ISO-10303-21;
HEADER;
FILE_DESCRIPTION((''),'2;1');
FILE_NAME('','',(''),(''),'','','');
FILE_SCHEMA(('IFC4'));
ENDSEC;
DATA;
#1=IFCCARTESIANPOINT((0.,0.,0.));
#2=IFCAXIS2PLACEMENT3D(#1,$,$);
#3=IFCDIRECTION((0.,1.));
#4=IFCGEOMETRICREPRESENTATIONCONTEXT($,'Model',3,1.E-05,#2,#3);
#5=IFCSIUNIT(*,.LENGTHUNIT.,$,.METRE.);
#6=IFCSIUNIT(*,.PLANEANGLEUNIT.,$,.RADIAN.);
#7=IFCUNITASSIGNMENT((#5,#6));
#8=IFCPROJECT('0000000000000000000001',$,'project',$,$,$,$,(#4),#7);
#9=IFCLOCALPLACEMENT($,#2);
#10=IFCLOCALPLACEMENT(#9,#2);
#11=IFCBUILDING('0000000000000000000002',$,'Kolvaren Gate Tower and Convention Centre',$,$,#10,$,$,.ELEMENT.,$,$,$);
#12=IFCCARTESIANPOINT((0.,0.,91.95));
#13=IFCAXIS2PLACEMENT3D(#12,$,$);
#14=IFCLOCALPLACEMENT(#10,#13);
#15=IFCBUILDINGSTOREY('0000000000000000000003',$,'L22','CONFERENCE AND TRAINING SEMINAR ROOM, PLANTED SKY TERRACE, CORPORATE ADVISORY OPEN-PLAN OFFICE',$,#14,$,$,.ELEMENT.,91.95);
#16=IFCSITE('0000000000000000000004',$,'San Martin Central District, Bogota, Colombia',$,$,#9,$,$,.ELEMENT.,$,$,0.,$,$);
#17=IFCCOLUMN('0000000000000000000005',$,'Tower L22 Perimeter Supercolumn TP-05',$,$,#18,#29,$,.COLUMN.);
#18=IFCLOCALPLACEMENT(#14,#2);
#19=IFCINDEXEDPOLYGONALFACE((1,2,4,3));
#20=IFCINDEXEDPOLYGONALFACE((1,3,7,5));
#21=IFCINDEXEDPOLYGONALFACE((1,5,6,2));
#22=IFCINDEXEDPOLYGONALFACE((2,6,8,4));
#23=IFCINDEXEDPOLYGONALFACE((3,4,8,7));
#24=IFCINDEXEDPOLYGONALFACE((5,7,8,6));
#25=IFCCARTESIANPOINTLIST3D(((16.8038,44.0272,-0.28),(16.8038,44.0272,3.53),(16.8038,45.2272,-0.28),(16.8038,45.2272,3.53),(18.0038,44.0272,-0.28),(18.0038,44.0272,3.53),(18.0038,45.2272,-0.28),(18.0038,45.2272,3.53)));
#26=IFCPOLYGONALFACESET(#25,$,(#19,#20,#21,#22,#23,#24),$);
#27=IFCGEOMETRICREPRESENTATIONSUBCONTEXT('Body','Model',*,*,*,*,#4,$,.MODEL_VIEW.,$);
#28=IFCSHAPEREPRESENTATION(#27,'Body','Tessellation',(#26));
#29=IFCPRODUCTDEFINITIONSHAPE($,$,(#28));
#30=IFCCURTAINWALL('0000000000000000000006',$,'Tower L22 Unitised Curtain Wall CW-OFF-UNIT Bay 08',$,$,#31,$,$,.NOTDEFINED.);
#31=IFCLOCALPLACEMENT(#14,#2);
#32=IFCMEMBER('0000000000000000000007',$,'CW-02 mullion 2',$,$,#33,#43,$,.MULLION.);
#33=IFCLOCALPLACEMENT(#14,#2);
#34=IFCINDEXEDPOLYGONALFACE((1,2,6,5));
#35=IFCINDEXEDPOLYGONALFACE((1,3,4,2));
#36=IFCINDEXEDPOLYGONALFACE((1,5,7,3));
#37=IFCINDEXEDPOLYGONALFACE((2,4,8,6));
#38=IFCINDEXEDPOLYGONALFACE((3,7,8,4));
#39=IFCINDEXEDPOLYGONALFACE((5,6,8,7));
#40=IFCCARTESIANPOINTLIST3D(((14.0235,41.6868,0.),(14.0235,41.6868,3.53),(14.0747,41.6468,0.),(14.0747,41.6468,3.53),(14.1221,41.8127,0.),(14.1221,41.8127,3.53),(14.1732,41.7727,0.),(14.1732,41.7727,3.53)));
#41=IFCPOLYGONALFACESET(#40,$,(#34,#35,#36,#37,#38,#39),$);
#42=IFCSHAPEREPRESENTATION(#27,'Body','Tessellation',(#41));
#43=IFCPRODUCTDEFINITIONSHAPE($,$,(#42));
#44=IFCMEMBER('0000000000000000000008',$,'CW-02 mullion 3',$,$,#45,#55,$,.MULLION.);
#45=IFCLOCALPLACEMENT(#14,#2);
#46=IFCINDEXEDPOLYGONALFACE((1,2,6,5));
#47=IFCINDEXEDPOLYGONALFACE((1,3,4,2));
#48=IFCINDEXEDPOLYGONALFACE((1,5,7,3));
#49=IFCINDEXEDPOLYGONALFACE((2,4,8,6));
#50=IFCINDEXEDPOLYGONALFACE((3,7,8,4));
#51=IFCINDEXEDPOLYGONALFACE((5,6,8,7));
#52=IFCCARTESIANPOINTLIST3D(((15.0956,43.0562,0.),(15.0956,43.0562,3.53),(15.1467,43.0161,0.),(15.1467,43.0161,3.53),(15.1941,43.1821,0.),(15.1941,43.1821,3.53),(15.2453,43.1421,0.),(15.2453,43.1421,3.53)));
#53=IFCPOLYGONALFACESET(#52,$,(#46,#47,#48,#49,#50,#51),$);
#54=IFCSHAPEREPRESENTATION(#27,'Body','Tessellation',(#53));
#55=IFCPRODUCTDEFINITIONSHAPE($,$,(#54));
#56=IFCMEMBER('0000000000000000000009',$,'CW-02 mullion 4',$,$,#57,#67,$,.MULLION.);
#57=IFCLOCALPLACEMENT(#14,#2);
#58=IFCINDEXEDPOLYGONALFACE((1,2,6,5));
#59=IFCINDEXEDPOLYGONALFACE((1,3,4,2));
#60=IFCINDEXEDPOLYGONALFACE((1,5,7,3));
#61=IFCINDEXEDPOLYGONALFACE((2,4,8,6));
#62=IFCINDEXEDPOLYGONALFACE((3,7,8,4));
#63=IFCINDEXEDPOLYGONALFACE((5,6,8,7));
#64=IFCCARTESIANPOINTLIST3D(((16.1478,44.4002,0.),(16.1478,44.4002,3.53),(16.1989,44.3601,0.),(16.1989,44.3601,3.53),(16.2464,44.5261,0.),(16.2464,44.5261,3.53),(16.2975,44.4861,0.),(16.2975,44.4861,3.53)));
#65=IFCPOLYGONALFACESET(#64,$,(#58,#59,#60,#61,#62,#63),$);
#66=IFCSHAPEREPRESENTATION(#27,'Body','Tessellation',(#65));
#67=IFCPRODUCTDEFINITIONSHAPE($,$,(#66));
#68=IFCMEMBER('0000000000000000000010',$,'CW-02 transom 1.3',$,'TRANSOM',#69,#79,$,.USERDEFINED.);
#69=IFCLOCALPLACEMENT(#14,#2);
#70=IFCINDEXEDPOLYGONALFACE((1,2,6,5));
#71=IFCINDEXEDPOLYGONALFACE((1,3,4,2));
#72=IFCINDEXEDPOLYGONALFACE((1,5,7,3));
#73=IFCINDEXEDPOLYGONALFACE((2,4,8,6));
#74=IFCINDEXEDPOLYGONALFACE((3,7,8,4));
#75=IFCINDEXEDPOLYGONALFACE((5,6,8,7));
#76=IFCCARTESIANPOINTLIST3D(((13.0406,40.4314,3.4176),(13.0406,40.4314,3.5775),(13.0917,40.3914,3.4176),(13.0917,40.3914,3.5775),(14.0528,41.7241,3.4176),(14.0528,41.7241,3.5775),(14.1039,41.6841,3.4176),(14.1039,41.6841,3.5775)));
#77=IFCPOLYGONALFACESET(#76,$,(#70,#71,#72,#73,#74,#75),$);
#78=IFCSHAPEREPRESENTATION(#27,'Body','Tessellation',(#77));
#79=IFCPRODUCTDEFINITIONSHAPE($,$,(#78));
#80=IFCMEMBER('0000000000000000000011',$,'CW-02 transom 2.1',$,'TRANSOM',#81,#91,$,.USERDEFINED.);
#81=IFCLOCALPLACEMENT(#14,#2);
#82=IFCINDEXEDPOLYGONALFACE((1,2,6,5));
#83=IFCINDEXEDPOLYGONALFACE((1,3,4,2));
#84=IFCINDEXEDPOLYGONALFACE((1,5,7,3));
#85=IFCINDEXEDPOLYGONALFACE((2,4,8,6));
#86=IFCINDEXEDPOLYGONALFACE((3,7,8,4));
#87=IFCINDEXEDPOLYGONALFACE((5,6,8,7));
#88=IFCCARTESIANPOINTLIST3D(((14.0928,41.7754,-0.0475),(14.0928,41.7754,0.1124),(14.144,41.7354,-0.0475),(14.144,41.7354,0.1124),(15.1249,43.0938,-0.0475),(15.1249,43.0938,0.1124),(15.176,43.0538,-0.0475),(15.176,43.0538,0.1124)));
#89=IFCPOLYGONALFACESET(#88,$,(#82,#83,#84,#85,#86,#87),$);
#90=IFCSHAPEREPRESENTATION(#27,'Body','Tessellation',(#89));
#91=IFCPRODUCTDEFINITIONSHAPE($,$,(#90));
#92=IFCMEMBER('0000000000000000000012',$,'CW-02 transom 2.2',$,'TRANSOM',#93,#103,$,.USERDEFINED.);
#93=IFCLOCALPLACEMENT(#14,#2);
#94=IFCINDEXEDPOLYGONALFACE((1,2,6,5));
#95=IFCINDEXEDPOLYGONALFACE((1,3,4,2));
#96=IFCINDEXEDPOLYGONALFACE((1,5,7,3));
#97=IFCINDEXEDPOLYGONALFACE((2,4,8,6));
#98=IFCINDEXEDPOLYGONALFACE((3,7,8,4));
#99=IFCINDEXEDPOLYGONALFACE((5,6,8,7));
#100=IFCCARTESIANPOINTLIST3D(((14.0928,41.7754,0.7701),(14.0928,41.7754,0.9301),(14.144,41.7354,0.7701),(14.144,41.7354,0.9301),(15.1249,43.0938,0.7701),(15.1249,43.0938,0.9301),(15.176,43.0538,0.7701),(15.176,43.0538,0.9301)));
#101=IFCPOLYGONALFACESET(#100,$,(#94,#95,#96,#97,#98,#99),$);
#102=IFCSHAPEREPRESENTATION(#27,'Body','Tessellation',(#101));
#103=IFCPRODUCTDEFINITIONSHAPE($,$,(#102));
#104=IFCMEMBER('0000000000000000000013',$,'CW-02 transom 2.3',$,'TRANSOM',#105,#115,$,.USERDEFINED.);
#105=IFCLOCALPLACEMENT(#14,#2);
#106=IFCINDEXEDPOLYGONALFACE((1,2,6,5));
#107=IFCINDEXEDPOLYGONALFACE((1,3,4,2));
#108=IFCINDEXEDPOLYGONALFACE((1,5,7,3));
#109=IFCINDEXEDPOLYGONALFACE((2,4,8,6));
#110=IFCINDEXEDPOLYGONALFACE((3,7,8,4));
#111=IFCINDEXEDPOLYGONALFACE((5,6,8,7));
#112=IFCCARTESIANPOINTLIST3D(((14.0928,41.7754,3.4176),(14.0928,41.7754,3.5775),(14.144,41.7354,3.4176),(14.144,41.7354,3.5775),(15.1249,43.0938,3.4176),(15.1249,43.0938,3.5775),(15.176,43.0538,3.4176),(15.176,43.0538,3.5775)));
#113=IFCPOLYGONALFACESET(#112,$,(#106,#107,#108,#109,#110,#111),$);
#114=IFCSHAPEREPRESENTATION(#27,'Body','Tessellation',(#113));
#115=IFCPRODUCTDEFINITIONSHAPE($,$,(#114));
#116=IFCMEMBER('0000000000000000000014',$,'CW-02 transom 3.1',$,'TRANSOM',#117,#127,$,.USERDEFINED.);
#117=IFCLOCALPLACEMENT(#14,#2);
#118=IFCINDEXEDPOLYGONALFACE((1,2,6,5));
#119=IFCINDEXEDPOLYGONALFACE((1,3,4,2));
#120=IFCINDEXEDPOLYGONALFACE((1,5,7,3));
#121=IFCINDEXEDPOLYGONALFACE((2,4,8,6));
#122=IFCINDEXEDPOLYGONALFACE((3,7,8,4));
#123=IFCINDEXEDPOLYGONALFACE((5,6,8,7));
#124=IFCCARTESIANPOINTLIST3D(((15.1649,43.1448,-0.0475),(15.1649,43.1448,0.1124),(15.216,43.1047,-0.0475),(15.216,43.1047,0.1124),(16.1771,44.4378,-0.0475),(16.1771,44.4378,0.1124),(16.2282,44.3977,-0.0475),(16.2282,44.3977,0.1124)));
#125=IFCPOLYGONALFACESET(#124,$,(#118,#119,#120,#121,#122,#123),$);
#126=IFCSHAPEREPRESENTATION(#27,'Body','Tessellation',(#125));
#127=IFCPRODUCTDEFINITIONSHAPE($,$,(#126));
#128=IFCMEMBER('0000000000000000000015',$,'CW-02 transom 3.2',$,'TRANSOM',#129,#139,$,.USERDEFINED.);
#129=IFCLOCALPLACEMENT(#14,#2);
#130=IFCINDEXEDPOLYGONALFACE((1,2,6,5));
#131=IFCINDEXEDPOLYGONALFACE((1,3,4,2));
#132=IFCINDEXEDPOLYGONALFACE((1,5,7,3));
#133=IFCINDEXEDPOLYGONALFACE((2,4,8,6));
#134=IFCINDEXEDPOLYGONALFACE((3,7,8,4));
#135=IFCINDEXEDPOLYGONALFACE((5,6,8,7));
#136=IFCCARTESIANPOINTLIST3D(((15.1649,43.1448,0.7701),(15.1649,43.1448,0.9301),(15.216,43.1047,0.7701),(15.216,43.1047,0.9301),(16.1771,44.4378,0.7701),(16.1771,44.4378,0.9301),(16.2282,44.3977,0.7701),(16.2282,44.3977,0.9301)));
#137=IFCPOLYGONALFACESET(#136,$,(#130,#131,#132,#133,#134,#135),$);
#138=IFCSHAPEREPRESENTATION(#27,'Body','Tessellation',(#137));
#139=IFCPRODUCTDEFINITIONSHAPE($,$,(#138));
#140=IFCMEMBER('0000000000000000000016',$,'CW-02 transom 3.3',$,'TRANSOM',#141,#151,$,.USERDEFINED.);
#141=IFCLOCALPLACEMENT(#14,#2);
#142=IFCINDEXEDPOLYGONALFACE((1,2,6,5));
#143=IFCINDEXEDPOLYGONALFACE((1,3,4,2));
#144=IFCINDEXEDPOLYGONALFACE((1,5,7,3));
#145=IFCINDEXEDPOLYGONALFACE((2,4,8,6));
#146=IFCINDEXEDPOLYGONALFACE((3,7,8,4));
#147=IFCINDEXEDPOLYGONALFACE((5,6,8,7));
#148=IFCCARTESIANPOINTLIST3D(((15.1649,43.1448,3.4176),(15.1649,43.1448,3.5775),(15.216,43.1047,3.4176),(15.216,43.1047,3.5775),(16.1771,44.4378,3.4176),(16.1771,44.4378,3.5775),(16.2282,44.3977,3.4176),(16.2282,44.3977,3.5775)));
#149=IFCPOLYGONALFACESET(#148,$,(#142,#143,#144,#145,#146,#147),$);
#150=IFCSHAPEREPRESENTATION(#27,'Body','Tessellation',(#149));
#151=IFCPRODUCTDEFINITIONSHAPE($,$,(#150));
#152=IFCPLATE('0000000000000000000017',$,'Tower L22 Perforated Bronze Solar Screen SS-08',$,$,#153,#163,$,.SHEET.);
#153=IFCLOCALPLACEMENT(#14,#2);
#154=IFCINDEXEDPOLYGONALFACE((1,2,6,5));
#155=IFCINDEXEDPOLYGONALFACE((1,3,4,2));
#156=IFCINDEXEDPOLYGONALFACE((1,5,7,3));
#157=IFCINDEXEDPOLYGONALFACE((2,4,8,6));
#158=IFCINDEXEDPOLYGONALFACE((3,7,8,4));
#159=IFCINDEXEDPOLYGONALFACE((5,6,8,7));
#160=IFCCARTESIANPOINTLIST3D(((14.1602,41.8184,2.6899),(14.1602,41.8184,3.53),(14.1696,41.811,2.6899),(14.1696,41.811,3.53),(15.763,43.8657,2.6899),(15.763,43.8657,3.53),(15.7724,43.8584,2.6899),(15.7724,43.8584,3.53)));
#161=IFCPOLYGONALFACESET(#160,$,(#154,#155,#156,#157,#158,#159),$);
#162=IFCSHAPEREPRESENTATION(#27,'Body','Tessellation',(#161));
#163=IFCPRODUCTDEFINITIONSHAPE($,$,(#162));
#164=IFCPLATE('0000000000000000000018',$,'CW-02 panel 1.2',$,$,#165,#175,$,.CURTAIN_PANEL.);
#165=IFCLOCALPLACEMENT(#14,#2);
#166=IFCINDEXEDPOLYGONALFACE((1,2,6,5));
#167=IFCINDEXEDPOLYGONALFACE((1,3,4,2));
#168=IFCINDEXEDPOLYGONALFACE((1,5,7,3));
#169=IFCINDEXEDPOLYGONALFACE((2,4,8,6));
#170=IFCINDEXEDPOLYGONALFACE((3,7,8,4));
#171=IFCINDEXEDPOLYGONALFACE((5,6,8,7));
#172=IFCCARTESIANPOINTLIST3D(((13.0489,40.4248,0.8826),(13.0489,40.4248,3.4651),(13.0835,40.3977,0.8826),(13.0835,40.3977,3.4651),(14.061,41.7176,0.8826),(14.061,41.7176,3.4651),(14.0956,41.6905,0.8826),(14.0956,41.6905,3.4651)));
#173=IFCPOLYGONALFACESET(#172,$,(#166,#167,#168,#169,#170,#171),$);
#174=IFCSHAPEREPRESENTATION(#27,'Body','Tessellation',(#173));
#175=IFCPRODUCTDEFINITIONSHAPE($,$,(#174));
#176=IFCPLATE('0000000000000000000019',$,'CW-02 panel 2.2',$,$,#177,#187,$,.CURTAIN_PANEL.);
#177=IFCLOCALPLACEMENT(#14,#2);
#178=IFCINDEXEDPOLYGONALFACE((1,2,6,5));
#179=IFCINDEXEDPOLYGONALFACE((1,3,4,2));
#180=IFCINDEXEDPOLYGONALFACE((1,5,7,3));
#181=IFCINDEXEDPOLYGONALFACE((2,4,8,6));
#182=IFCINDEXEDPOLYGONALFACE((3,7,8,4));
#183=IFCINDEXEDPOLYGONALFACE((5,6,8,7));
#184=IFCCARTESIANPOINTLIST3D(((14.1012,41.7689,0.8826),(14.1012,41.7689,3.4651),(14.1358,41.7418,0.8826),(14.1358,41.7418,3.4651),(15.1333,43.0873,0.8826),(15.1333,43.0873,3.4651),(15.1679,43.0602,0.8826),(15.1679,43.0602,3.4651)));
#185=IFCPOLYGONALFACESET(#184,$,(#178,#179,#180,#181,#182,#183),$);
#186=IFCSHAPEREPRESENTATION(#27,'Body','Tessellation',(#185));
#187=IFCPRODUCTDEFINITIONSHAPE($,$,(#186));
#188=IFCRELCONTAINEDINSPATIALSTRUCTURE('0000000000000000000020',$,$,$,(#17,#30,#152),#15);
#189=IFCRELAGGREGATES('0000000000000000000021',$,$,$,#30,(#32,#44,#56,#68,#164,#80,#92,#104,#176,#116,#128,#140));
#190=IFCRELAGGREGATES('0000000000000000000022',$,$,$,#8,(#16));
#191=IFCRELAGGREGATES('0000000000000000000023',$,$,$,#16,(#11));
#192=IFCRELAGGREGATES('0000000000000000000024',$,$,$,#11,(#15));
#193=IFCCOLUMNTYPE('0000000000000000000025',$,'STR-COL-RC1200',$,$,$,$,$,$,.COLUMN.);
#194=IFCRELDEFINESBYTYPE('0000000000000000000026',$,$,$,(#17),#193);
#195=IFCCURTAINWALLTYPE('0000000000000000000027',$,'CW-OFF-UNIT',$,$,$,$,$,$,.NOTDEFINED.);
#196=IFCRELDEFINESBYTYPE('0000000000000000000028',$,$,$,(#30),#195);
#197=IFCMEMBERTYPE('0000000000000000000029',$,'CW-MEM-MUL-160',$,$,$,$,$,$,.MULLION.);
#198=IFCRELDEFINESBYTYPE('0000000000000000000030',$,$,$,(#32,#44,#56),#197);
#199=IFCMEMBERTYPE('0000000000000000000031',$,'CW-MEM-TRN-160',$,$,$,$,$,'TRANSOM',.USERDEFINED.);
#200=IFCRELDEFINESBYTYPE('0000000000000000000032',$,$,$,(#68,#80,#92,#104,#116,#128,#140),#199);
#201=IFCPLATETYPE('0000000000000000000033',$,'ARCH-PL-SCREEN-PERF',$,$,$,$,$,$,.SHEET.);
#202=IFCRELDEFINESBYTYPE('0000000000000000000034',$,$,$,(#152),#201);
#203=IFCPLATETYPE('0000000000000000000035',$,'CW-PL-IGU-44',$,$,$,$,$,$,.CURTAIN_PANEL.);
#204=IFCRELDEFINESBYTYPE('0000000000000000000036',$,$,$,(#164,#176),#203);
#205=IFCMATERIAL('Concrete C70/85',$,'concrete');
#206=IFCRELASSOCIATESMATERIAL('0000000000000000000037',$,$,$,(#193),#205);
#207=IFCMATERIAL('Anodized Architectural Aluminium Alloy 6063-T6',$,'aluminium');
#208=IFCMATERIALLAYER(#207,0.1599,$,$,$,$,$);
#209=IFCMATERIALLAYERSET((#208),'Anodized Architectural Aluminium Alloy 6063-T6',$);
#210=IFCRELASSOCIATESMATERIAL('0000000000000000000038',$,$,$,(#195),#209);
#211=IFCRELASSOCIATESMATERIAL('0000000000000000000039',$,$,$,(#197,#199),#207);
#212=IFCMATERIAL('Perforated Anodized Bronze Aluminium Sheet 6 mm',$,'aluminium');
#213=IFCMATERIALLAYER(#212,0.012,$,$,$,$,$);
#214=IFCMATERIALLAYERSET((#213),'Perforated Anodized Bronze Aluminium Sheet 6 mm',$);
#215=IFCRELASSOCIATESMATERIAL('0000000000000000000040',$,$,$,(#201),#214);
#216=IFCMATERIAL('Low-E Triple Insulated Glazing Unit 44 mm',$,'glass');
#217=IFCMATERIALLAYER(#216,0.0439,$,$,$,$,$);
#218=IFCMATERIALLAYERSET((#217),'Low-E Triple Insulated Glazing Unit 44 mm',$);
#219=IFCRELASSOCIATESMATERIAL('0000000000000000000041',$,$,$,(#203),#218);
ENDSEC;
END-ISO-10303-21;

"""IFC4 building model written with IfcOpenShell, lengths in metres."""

from ifc_helpers import new_model, si_unit, direction, frame, origin, origin_2d, place, context, subcontext, project, spatial, rectangle, extrude, material, layer, layer_set, material_profile, profile_set, type_object, element, aggregate, save


model = new_model("IFC4")

# Units and contexts
model_context = context("Model", 3, precision=1e-05, world=origin(), true_north=direction((0.0, 1.0)))
body_context = subcontext(model_context, "Body", "Model", "MODEL_VIEW")
ifc_project = project(units=[si_unit("LENGTHUNIT", "METRE"), si_unit("PLANEANGLEUNIT", "RADIAN")], contexts=[model_context])

# Site, building, storey
site_placement = place(None, origin())
site = spatial("IfcSite", under=ifc_project, at=site_placement, Name="San Martin Central District, Bogota, Colombia", CompositionType="ELEMENT", RefElevation=0.0)
building_placement = place(site_placement, origin())
building = spatial("IfcBuilding", under=site, at=building_placement, Name="Kolvaren Gate Tower and Convention Centre", CompositionType="ELEMENT")
storey_placement = place(building_placement, frame((0.0, 0.0, 91.95)))
storey = spatial("IfcBuildingStorey", under=building, at=storey_placement, Name="L22", Description="CONFERENCE AND TRAINING SEMINAR ROOM, PLANTED SKY TERRACE, CORPORATE ADVISORY OPEN-PLAN OFFICE", CompositionType="ELEMENT", Elevation=91.95)

# Column
ifc_material_1 = material(Name="Concrete C70/85", Category="concrete")
ifc_material_profile_1 = material_profile(ifc_material_1, rectangle(XDim=1.2, YDim=1.2, at=origin_2d()), Name="RC-COL-1200X1200")
ifc_profile_set_1 = profile_set([ifc_material_profile_1], Name="Concrete C70/85")
column_type = type_object("IfcColumnType", Name="STR-COL-RC1200", PredefinedType="COLUMN", material=ifc_profile_set_1)
column_placement = place(storey_placement, frame((17.4038, 44.6272, -0.28), z_axis=(0.0, 0.0, 1.0), x_axis=(1.0, 0.0, 0.0)))
element("IfcColumn", 1, at=column_placement, inside=storey, type_object=column_type, Name="Tower L22 Perimeter Supercolumn TP-05", PredefinedType="COLUMN", context=body_context, shape_type="SweptSolid", body=[
    extrude(rectangle(XDim=1.2, YDim=1.2, at=origin_2d()), origin(), (0.0, 0.0, 1.0), 3.8101),
])

# Curtain wall, members
ifc_material_2 = material(Name="Anodized Architectural Aluminium Alloy 6063-T6", Category="aluminium")
ifc_layer_1 = layer(ifc_material_2, 0.1599)
ifc_layer_set_1 = layer_set([ifc_layer_1], Name="Anodized Architectural Aluminium Alloy 6063-T6")
curtain_wall_type = type_object("IfcCurtainWallType", Name="CW-OFF-UNIT", PredefinedType="NOTDEFINED", material=ifc_layer_set_1)
curtain_wall_placement = place(storey_placement, origin())
curtain_wall = element("IfcCurtainWall", 2, at=curtain_wall_placement, inside=storey, type_object=curtain_wall_type, Name="Tower L22 Unitised Curtain Wall CW-OFF-UNIT Bay 08", PredefinedType="NOTDEFINED")
ifc_material_profile_2 = material_profile(ifc_material_2, rectangle(XDim=0.0649, YDim=0.1599, at=origin_2d()), Name="CW-MEM-MUL-160")
ifc_profile_set_2 = profile_set([ifc_material_profile_2], Name="Anodized Architectural Aluminium Alloy 6063-T6")
member_type_1 = type_object("IfcMemberType", Name="CW-MEM-MUL-160", PredefinedType="MULLION", material=ifc_profile_set_2)
member_1_placement = place(storey_placement, frame((14.0984, 41.7297, 0.0), z_axis=(0.0, 0.0, 1.0), x_axis=(-0.787403, 0.616438, 0.0)))
member_1 = element("IfcMember", 3, at=member_1_placement, type_object=member_type_1, Name="CW-02 mullion 2", PredefinedType="MULLION", context=body_context, shape_type="SweptSolid", body=[
    extrude(rectangle(XDim=0.0649, YDim=0.1599, at=origin_2d()), origin(), (0.0, 0.0, 1.0), 3.53),
])
member_2_placement = place(storey_placement, frame((15.1704, 43.0991, 0.0), z_axis=(0.0, 0.0, 1.0), x_axis=(-0.787403, 0.616438, 0.0)))
member_2 = element("IfcMember", 4, at=member_2_placement, type_object=member_type_1, Name="CW-02 mullion 3", PredefinedType="MULLION", context=body_context, shape_type="SweptSolid", body=[
    extrude(rectangle(XDim=0.0649, YDim=0.1599, at=origin_2d()), origin(), (0.0, 0.0, 1.0), 3.53),
])
member_3_placement = place(storey_placement, frame((16.2227, 44.4431, 0.0), z_axis=(0.0, 0.0, 1.0), x_axis=(-0.787403, 0.616438, 0.0)))
member_3 = element("IfcMember", 5, at=member_3_placement, type_object=member_type_1, Name="CW-02 mullion 4", PredefinedType="MULLION", context=body_context, shape_type="SweptSolid", body=[
    extrude(rectangle(XDim=0.0649, YDim=0.1599, at=origin_2d()), origin(), (0.0, 0.0, 1.0), 3.53),
])
ifc_material_profile_3 = material_profile(ifc_material_2, rectangle(XDim=0.0649, YDim=0.1599, at=origin_2d()), Name="CW-MEM-TRN-160")
ifc_profile_set_3 = profile_set([ifc_material_profile_3], Name="Anodized Architectural Aluminium Alloy 6063-T6")
member_type_2 = type_object("IfcMemberType", Name="CW-MEM-TRN-160", ElementType="TRANSOM", PredefinedType="USERDEFINED", material=ifc_profile_set_3)
member_4_placement = place(storey_placement, frame((13.0662, 40.4114, 3.4976), z_axis=(0.616501, 0.787354, 0.0), x_axis=(-0.787354, 0.616501, 0.0)))
member_4 = element("IfcMember", 6, at=member_4_placement, type_object=member_type_2, Name="CW-02 transom 1.3", ObjectType="TRANSOM", PredefinedType="USERDEFINED", context=body_context, shape_type="SweptSolid", body=[
    extrude(rectangle(XDim=0.0649, YDim=0.1599, at=origin_2d()), origin(), (0.0, 0.0, 1.0), 1.6418),
])
member_5_placement = place(storey_placement, frame((14.1184, 41.7554, 0.0325), z_axis=(0.616391, 0.78744, 0.0), x_axis=(-0.78744, 0.616391, 0.0)))
member_5 = element("IfcMember", 7, at=member_5_placement, type_object=member_type_2, Name="CW-02 transom 2.1", ObjectType="TRANSOM", PredefinedType="USERDEFINED", context=body_context, shape_type="SweptSolid", body=[
    extrude(rectangle(XDim=0.0649, YDim=0.1599, at=origin_2d()), origin(), (0.0, 0.0, 1.0), 1.6743),
])
member_6_placement = place(storey_placement, frame((14.1184, 41.7554, 0.8501), z_axis=(0.616391, 0.78744, 0.0), x_axis=(-0.78744, 0.616391, 0.0)))
member_6 = element("IfcMember", 8, at=member_6_placement, type_object=member_type_2, Name="CW-02 transom 2.2", ObjectType="TRANSOM", PredefinedType="USERDEFINED", context=body_context, shape_type="SweptSolid", body=[
    extrude(rectangle(XDim=0.0649, YDim=0.1599, at=origin_2d()), origin(), (0.0, 0.0, 1.0), 1.6743),
])
member_7_placement = place(storey_placement, frame((14.1184, 41.7554, 3.4976), z_axis=(0.616391, 0.78744, 0.0), x_axis=(-0.78744, 0.616391, 0.0)))
member_7 = element("IfcMember", 9, at=member_7_placement, type_object=member_type_2, Name="CW-02 transom 2.3", ObjectType="TRANSOM", PredefinedType="USERDEFINED", context=body_context, shape_type="SweptSolid", body=[
    extrude(rectangle(XDim=0.0649, YDim=0.1599, at=origin_2d()), origin(), (0.0, 0.0, 1.0), 1.6743),
])
member_8_placement = place(storey_placement, frame((15.1904, 43.1248, 0.0325), z_axis=(0.616429, 0.787411, 0.0), x_axis=(-0.787411, 0.616429, 0.0)))
member_8 = element("IfcMember", 10, at=member_8_placement, type_object=member_type_2, Name="CW-02 transom 3.1", ObjectType="TRANSOM", PredefinedType="USERDEFINED", context=body_context, shape_type="SweptSolid", body=[
    extrude(rectangle(XDim=0.0649, YDim=0.1599, at=origin_2d()), origin(), (0.0, 0.0, 1.0), 1.6421),
])
member_9_placement = place(storey_placement, frame((15.1904, 43.1248, 0.8501), z_axis=(0.616429, 0.787411, 0.0), x_axis=(-0.787411, 0.616429, 0.0)))
member_9 = element("IfcMember", 11, at=member_9_placement, type_object=member_type_2, Name="CW-02 transom 3.2", ObjectType="TRANSOM", PredefinedType="USERDEFINED", context=body_context, shape_type="SweptSolid", body=[
    extrude(rectangle(XDim=0.0649, YDim=0.1599, at=origin_2d()), origin(), (0.0, 0.0, 1.0), 1.6421),
])
member_10_placement = place(storey_placement, frame((15.1904, 43.1248, 3.4976), z_axis=(0.616429, 0.787411, 0.0), x_axis=(-0.787411, 0.616429, 0.0)))
member_10 = element("IfcMember", 12, at=member_10_placement, type_object=member_type_2, Name="CW-02 transom 3.3", ObjectType="TRANSOM", PredefinedType="USERDEFINED", context=body_context, shape_type="SweptSolid", body=[
    extrude(rectangle(XDim=0.0649, YDim=0.1599, at=origin_2d()), origin(), (0.0, 0.0, 1.0), 1.6421),
])

# Plates
ifc_material_3 = material(Name="Perforated Anodized Bronze Aluminium Sheet 6 mm", Category="aluminium")
ifc_layer_2 = layer(ifc_material_3, 0.012)
ifc_layer_set_2 = layer_set([ifc_layer_2], Name="Perforated Anodized Bronze Aluminium Sheet 6 mm")
plate_type_1 = type_object("IfcPlateType", Name="ARCH-PL-SCREEN-PERF", PredefinedType="SHEET", material=ifc_layer_set_2)
plate_1_placement = place(storey_placement, frame((14.9663, 42.8384, 2.6899), z_axis=(0.0, 0.0, 1.0), x_axis=(0.616442, 0.7874, 0.0)))
element("IfcPlate", 13, at=plate_1_placement, inside=storey, type_object=plate_type_1, Name="Tower L22 Perforated Bronze Solar Screen SS-08", PredefinedType="SHEET", context=body_context, shape_type="SweptSolid", body=[
    extrude(rectangle(XDim=2.6001, YDim=0.012, at=origin_2d()), origin(), (0.0, 0.0, 1.0), 0.8401),
])
ifc_material_4 = material(Name="Low-E Triple Insulated Glazing Unit 44 mm", Category="glass")
ifc_layer_3 = layer(ifc_material_4, 0.0439)
ifc_layer_set_3 = layer_set([ifc_layer_3], Name="Low-E Triple Insulated Glazing Unit 44 mm")
plate_type_2 = type_object("IfcPlateType", Name="CW-PL-IGU-44", PredefinedType="CURTAIN_PANEL", material=ifc_layer_set_3)
plate_2_placement = place(storey_placement, frame((13.5723, 41.0576, 0.8826), z_axis=(0.0, 0.0, 1.0), x_axis=(0.616438, 0.787403, 0.0)))
plate_2 = element("IfcPlate", 14, at=plate_2_placement, type_object=plate_type_2, Name="CW-02 panel 1.2", PredefinedType="CURTAIN_PANEL", context=body_context, shape_type="SweptSolid", body=[
    extrude(rectangle(XDim=1.6418, YDim=0.0439, at=origin_2d()), origin(), (0.0, 0.0, 1.0), 2.5825),
])
plate_3_placement = place(storey_placement, frame((14.6345, 42.4146, 0.8826), z_axis=(0.0, 0.0, 1.0), x_axis=(0.616438, 0.787403, 0.0)))
plate_3 = element("IfcPlate", 15, at=plate_3_placement, type_object=plate_type_2, Name="CW-02 panel 2.2", PredefinedType="CURTAIN_PANEL", context=body_context, shape_type="SweptSolid", body=[
    extrude(rectangle(XDim=1.6743, YDim=0.0439, at=origin_2d()), origin(), (0.0, 0.0, 1.0), 2.5825),
])
aggregate(curtain_wall, [member_1, member_2, member_3, member_4, plate_2, member_5, member_6, member_7, plate_3, member_8, member_9, member_10])

save(model, "model.ifc")
